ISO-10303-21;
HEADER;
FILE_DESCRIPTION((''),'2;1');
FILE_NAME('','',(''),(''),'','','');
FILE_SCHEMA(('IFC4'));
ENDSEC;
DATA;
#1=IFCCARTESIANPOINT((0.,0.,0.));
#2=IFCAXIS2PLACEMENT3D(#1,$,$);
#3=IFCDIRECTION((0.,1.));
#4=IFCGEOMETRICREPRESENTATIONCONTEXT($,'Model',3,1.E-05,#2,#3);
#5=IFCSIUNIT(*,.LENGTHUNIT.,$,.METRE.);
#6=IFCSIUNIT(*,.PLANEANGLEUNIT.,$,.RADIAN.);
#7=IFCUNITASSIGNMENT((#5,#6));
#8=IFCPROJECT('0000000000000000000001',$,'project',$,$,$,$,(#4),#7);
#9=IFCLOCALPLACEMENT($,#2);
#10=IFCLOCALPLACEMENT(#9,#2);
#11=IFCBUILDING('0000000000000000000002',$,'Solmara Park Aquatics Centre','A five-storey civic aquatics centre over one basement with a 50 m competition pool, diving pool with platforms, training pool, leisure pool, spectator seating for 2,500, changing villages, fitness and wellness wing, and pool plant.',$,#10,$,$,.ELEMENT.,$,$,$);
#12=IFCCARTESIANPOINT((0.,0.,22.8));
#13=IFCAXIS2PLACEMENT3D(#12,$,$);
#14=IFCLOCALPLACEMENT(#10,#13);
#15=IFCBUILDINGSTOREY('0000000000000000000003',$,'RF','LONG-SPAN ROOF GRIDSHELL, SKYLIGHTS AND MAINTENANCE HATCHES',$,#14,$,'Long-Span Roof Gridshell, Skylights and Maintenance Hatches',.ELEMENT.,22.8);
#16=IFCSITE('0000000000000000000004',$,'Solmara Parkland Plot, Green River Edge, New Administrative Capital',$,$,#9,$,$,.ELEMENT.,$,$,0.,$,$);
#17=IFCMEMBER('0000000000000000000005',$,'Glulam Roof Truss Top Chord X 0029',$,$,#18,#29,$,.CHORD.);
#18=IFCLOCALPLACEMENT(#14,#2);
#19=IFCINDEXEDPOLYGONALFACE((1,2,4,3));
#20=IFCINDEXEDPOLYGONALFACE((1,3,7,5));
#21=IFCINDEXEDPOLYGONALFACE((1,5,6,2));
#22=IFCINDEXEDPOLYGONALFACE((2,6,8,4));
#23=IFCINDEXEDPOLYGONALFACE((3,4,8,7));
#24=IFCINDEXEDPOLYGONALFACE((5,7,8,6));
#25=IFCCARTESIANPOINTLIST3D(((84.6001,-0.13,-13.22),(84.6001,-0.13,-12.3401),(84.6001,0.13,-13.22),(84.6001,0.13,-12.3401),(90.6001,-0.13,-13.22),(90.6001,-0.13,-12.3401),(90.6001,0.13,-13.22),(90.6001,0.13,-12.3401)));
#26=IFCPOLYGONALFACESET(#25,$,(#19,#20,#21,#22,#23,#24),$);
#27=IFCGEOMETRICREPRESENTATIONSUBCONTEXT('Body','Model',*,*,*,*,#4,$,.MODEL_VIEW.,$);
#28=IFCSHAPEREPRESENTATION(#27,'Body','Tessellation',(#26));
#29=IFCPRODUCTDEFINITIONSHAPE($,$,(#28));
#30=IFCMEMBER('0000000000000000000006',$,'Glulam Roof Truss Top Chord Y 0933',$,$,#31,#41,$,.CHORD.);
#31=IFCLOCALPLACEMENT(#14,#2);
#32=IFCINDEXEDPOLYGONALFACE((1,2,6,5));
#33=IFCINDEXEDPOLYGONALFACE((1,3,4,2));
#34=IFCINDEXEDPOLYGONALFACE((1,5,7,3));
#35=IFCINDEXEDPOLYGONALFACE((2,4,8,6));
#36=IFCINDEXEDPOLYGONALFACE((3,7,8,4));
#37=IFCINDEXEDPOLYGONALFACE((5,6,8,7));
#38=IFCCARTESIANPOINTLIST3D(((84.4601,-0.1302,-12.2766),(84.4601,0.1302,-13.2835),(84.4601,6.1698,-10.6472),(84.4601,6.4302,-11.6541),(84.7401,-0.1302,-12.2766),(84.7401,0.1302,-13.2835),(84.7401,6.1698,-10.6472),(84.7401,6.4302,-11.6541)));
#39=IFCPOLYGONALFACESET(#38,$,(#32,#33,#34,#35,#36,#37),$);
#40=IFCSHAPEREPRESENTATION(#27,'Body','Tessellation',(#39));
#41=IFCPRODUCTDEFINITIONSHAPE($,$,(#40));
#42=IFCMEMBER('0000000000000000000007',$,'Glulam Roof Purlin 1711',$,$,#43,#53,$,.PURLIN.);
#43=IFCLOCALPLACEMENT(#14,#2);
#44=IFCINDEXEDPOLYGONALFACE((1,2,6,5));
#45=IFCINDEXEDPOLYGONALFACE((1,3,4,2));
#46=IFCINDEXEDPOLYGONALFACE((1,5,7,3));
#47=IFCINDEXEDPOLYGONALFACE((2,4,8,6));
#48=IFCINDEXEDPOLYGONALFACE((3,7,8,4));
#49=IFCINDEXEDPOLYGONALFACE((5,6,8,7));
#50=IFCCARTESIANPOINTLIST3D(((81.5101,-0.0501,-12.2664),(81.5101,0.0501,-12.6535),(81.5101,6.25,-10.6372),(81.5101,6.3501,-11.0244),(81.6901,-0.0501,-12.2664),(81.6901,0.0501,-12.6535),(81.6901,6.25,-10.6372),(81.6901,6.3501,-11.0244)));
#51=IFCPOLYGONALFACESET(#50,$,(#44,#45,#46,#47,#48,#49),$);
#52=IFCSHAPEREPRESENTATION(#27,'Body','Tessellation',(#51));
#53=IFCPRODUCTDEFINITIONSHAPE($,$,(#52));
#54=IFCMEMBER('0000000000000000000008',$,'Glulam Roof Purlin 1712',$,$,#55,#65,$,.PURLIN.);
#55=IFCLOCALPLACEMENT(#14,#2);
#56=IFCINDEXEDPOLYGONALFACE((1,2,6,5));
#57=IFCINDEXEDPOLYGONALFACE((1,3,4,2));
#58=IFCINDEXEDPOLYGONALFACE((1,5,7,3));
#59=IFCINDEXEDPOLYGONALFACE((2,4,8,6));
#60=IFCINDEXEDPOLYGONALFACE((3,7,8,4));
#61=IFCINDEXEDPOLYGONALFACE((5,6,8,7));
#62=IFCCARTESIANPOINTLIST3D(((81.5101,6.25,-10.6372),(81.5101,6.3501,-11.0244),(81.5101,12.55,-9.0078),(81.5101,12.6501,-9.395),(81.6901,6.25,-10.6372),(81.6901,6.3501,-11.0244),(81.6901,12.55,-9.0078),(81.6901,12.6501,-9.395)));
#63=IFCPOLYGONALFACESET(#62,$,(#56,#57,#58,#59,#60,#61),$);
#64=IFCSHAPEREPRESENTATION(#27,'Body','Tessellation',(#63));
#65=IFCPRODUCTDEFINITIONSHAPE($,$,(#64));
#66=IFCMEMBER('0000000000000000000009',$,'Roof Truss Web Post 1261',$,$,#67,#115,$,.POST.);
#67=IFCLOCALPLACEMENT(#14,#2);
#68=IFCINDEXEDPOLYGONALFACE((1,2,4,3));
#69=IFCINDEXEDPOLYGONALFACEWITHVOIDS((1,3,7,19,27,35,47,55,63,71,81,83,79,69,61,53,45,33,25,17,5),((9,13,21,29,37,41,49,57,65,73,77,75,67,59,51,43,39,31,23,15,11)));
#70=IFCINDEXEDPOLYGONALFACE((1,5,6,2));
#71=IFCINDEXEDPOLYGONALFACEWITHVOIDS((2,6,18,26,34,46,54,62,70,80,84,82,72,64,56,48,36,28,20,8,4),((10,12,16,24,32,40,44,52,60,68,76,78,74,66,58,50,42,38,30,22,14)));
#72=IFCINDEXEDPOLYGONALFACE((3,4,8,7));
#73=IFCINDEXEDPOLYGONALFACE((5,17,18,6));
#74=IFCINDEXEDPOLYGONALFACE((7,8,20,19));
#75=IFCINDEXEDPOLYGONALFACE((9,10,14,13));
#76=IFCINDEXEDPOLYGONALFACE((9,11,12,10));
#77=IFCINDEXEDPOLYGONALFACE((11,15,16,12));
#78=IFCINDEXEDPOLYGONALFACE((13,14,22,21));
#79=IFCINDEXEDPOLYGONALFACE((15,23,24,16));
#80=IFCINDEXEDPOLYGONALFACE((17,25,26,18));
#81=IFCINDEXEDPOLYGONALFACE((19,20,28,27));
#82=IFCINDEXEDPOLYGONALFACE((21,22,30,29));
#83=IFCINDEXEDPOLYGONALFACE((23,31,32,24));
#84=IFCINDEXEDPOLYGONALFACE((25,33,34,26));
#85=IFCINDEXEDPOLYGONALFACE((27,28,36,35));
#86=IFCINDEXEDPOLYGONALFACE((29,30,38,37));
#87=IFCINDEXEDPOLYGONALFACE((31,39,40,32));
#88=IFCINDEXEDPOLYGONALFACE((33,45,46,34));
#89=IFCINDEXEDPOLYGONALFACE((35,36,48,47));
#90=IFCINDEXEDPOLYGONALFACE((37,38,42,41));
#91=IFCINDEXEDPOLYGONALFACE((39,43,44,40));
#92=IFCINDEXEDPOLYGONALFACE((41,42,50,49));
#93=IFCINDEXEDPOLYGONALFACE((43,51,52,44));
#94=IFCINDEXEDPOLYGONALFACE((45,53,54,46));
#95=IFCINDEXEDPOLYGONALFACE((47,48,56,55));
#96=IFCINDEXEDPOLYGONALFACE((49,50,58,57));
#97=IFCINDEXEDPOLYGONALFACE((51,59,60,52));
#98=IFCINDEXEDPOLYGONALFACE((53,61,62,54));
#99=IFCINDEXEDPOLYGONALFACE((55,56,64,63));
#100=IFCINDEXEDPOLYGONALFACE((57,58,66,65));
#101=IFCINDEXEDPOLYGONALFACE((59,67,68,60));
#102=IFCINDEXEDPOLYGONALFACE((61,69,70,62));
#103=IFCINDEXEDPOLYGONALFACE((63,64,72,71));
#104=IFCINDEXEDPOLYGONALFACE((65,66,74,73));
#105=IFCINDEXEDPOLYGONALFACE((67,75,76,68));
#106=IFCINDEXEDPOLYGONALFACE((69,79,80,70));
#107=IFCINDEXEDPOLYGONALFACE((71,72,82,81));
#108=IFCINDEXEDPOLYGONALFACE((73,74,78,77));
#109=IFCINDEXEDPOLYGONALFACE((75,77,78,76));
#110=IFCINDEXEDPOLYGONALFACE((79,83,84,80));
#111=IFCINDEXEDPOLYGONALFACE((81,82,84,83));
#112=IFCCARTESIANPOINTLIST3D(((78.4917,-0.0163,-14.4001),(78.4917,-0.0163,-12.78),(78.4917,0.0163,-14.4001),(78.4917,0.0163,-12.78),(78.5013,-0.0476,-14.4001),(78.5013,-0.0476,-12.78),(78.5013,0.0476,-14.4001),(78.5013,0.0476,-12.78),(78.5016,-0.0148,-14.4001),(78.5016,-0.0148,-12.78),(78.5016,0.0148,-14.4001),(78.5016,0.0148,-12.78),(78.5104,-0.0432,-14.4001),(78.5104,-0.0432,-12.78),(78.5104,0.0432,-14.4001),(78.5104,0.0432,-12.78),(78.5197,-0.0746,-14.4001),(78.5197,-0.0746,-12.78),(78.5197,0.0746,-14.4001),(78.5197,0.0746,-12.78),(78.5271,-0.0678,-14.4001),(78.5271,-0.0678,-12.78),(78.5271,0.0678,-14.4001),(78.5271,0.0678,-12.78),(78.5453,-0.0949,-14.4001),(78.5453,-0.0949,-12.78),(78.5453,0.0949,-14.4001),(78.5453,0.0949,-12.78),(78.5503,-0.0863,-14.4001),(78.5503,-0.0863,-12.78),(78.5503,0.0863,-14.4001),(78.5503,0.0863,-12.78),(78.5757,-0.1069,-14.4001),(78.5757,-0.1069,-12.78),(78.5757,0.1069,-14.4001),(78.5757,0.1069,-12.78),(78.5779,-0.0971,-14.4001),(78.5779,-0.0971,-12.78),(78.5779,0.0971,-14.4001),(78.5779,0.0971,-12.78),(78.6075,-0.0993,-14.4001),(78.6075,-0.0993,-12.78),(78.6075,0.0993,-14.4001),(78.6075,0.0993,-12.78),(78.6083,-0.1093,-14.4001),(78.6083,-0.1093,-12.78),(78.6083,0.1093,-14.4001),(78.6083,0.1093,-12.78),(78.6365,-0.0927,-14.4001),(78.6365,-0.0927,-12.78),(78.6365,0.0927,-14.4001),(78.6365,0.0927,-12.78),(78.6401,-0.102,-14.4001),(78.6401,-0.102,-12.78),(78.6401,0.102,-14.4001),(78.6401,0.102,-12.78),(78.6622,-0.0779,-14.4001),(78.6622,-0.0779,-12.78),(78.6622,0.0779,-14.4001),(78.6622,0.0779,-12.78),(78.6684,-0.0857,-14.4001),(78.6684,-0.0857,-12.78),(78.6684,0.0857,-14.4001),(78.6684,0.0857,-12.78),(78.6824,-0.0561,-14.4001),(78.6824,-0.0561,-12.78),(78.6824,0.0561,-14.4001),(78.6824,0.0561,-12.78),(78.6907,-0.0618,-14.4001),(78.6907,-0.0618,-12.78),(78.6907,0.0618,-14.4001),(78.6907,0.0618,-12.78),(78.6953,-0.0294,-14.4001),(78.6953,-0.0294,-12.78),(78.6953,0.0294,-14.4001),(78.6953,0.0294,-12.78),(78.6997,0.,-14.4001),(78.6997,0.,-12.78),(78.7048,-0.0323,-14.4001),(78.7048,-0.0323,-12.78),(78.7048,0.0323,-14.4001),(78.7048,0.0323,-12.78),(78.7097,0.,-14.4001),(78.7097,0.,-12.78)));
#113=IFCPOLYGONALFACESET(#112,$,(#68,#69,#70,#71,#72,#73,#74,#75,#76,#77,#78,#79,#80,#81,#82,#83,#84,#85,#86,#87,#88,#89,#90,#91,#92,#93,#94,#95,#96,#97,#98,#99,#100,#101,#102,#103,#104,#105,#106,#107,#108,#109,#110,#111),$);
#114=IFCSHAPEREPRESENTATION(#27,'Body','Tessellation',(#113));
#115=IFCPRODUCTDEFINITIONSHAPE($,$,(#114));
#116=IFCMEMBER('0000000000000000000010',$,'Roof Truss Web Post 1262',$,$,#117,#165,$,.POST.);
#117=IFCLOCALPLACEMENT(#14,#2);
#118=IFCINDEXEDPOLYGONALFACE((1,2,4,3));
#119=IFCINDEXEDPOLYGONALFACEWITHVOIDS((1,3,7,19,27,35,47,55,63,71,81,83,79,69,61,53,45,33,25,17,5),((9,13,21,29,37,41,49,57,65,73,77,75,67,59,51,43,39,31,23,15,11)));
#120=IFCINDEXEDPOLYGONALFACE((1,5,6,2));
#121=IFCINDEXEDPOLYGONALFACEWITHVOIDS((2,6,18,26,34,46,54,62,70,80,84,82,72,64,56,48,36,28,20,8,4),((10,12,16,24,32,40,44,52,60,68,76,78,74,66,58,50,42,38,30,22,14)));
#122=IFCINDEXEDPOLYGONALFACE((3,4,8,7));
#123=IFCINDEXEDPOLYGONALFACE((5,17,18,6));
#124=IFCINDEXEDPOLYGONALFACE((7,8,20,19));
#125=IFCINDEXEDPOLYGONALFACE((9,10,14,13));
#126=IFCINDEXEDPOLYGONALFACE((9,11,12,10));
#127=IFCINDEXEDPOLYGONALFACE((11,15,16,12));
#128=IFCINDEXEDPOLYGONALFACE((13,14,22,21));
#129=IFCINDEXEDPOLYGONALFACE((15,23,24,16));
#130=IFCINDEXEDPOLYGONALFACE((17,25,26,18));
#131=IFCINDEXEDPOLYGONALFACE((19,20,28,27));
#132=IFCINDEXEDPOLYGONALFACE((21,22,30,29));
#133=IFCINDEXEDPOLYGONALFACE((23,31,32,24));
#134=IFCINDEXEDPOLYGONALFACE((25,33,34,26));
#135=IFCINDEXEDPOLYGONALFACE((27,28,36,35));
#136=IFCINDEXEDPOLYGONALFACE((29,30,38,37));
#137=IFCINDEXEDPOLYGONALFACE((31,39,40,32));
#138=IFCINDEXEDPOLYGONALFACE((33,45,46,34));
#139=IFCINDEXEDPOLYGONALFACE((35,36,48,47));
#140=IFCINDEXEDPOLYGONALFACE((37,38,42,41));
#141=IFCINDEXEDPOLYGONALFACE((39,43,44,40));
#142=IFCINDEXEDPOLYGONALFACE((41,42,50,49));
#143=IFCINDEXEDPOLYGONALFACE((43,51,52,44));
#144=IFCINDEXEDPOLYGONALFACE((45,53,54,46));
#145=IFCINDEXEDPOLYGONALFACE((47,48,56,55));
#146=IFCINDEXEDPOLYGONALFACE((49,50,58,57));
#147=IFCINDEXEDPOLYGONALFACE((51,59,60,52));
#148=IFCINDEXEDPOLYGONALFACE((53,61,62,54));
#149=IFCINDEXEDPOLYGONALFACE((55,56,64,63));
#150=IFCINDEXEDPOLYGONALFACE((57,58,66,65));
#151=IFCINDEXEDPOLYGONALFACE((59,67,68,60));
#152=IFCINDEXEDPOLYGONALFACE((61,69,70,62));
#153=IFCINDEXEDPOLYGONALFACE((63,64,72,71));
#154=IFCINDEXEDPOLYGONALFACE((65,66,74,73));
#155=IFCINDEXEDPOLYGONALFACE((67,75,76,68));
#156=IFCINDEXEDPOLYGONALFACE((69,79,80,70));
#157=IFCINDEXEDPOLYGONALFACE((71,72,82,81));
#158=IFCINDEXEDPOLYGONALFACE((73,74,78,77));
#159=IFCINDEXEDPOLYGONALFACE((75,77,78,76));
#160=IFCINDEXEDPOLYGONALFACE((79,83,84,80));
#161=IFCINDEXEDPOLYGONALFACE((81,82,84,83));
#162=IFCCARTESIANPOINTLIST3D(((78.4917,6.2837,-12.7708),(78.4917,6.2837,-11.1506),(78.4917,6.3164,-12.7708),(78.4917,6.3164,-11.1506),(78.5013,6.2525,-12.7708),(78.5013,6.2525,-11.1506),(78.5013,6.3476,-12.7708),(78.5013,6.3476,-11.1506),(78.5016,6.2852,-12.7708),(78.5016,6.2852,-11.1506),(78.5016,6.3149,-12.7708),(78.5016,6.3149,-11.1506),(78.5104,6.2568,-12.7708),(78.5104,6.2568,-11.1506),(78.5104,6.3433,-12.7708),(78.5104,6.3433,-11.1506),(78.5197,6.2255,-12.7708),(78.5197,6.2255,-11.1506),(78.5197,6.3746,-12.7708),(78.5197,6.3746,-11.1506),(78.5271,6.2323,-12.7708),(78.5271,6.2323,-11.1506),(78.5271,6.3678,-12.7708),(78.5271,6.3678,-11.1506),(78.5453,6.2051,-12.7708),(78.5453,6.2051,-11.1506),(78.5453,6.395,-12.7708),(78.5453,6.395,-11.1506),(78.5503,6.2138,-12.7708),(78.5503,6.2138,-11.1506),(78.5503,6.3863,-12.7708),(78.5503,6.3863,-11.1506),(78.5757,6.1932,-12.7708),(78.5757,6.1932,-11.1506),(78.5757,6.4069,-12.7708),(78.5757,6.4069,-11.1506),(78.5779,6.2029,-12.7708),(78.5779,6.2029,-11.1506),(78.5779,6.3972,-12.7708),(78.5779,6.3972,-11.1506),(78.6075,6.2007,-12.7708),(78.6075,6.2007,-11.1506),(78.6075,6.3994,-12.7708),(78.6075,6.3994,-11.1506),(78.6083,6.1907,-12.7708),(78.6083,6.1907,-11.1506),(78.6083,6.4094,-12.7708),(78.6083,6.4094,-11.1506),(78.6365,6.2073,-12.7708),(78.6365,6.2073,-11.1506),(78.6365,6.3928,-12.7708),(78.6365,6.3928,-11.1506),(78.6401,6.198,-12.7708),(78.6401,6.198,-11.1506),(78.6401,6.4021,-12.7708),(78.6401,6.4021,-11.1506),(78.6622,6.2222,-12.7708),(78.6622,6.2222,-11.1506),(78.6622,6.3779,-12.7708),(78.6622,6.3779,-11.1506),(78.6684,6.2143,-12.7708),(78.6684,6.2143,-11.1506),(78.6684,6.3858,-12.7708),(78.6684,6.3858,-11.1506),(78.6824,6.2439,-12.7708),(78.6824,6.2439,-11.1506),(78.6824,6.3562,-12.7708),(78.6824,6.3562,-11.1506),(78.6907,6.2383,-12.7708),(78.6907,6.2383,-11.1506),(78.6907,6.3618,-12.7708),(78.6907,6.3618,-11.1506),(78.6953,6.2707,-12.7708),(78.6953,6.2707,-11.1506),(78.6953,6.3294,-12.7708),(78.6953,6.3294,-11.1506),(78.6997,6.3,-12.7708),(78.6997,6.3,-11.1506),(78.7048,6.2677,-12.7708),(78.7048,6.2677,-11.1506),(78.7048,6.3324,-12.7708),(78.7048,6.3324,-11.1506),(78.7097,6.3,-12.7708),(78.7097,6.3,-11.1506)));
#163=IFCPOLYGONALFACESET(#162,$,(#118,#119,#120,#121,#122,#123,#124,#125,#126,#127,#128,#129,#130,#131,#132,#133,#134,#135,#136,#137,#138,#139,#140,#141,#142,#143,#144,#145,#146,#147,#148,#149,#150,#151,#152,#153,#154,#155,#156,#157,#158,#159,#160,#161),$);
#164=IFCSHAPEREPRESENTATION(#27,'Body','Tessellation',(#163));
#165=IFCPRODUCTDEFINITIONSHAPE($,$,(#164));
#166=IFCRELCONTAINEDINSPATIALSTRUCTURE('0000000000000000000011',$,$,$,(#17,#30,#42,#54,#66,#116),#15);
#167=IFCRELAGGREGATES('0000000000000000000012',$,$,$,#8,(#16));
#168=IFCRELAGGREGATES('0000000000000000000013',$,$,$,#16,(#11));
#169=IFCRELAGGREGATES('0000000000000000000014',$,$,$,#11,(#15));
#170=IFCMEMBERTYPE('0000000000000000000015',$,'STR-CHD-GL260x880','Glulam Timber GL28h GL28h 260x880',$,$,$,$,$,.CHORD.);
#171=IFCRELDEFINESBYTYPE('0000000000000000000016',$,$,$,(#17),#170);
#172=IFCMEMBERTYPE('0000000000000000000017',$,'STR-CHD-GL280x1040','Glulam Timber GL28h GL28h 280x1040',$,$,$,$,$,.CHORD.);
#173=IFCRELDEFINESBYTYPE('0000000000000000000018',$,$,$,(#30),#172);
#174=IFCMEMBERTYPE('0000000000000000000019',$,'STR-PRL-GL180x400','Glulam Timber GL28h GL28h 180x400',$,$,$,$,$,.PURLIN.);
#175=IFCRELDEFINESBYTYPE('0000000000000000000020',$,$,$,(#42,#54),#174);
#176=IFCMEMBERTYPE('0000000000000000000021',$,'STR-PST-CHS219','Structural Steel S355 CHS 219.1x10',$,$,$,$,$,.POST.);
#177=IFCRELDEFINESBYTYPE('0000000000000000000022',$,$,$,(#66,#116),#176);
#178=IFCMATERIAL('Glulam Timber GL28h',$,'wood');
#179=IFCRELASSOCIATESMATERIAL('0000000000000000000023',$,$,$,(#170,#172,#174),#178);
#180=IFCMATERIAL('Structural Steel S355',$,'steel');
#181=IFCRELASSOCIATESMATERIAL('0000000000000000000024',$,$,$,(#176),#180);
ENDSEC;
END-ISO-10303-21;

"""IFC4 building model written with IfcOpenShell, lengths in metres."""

from ifc_helpers import new_model, si_unit, direction, frame, origin, origin_2d, place, context, subcontext, project, spatial, rectangle, hollow_circle, extrude, material, material_profile, profile_set, type_object, element, save


model = new_model("IFC4")

# Units and contexts
model_context = context("Model", 3, precision=1e-05, world=origin(), true_north=direction((0.0, 1.0)))
body_context = subcontext(model_context, "Body", "Model", "MODEL_VIEW")
ifc_project = project(units=[si_unit("LENGTHUNIT", "METRE"), si_unit("PLANEANGLEUNIT", "RADIAN")], contexts=[model_context])

# Site, building, storey
site_placement = place(None, origin())
site = spatial("IfcSite", under=ifc_project, at=site_placement, Name="Solmara Parkland Plot, Green River Edge, New Administrative Capital", CompositionType="ELEMENT", RefElevation=0.0)
building_placement = place(site_placement, origin())
building = spatial("IfcBuilding", under=site, at=building_placement, Name="Solmara Park Aquatics Centre", Description="A five-storey civic aquatics centre over one basement with a 50 m competition pool, diving pool with platforms, training pool, leisure pool, spectator seating for 2,500, changing villages, fitness and wellness wing, and pool plant.", CompositionType="ELEMENT")
storey_placement = place(building_placement, frame((0.0, 0.0, 22.8)))
storey = spatial("IfcBuildingStorey", under=building, at=storey_placement, Name="RF", Description="LONG-SPAN ROOF GRIDSHELL, SKYLIGHTS AND MAINTENANCE HATCHES", LongName="Long-Span Roof Gridshell, Skylights and Maintenance Hatches", CompositionType="ELEMENT", Elevation=22.8)

# Members
ifc_material_1 = material(Name="Structural Steel S355", Category="steel")
ifc_material_2 = material(Name="Glulam Timber GL28h", Category="wood")
ifc_material_profile_1 = material_profile(ifc_material_2, rectangle(XDim=0.26, YDim=0.8799, at=origin_2d()), Name="GL28h 260x880")
ifc_profile_set_1 = profile_set([ifc_material_profile_1], Name="Glulam Timber GL28h")
member_type_1 = type_object("IfcMemberType", Name="STR-CHD-GL260x880", Description="Glulam Timber GL28h GL28h 260x880", PredefinedType="CHORD", material=ifc_profile_set_1)
member_1_placement = place(storey_placement, frame((84.6001, 0.0, -12.78), z_axis=(1.0, 0.0, 0.0), x_axis=(0.0, 1.0, 0.0)))
element("IfcMember", 1, at=member_1_placement, inside=storey, type_object=member_type_1, Name="Glulam Roof Truss Top Chord X 0029", PredefinedType="CHORD", context=body_context, shape_type="SweptSolid", body=[
    extrude(rectangle(XDim=0.26, YDim=0.8799, at=origin_2d()), origin(), (0.0, 0.0, 1.0), 6.0),
])
ifc_material_profile_2 = material_profile(ifc_material_2, rectangle(XDim=0.28, YDim=1.04, at=origin_2d()), Name="GL28h 280x1040")
ifc_profile_set_2 = profile_set([ifc_material_profile_2], Name="Glulam Timber GL28h")
member_type_2 = type_object("IfcMemberType", Name="STR-CHD-GL280x1040", Description="Glulam Timber GL28h GL28h 280x1040", PredefinedType="CHORD", material=ifc_profile_set_2)
member_2_placement = place(storey_placement, frame((84.6001, 0.0, -12.78), z_axis=(0.0, 0.968144, 0.250393), x_axis=(-1.0, 0.0, 0.0)))
element("IfcMember", 2, at=member_2_placement, inside=storey, type_object=member_type_2, Name="Glulam Roof Truss Top Chord Y 0933", PredefinedType="CHORD", context=body_context, shape_type="SweptSolid", body=[
    extrude(rectangle(XDim=0.28, YDim=1.04, at=origin_2d()), origin(), (0.0, 0.0, 1.0), 6.5073),
])
ifc_material_profile_3 = material_profile(ifc_material_2, rectangle(XDim=0.1799, YDim=0.3999, at=origin_2d()), Name="GL28h 180x400")
ifc_profile_set_3 = profile_set([ifc_material_profile_3], Name="Glulam Timber GL28h")
member_type_3 = type_object("IfcMemberType", Name="STR-PRL-GL180x400", Description="Glulam Timber GL28h GL28h 180x400", PredefinedType="PURLIN", material=ifc_profile_set_3)
for number, where, z_axis, x_axis, name in (
    (3, (81.6001, 0.0, -12.46), (0.0, 0.968153, 0.250358), (-1.0, 0.0, 0.0), "Glulam Roof Purlin 1711"),
    (4, (81.6001, 6.3, -10.8308), (0.0, 0.968144, 0.250393), (-1.0, 0.0, 0.0), "Glulam Roof Purlin 1712"),
):
    element("IfcMember", number, at=place(storey_placement, frame(where, z_axis=z_axis, x_axis=x_axis)), inside=storey, type_object=member_type_3, Name=name, PredefinedType="PURLIN", context=body_context, shape_type="SweptSolid", body=[
        extrude(rectangle(XDim=0.1799, YDim=0.3999, at=origin_2d()), origin(), (0.0, 0.0, 1.0), 6.5073),
    ])
ifc_material_profile_4 = material_profile(ifc_material_1, hollow_circle(Radius=0.1096, WallThickness=0.01, at=origin_2d()), Name="CHS 219.1x10")
ifc_profile_set_4 = profile_set([ifc_material_profile_4], Name="Structural Steel S355")
member_type_4 = type_object("IfcMemberType", Name="STR-PST-CHS219", Description="Structural Steel S355 CHS 219.1x10", PredefinedType="POST", material=ifc_profile_set_4)
for number, where, z_axis, x_axis, name in (
    (5, (78.6001, 0.0, -14.4001), (0.0, 0.0, 1.0), (1.0, 0.0, 0.0), "Roof Truss Web Post 1261"),
    (6, (78.6001, 6.3, -12.7708), (0.0, 0.0, 1.0), (1.0, 0.0, 0.0), "Roof Truss Web Post 1262"),
):
    element("IfcMember", number, at=place(storey_placement, frame(where, z_axis=z_axis, x_axis=x_axis)), inside=storey, type_object=member_type_4, Name=name, PredefinedType="POST", context=body_context, shape_type="SweptSolid", body=[
        extrude(hollow_circle(Radius=0.1096, WallThickness=0.01, at=origin_2d()), origin(), (0.0, 0.0, 1.0), 1.6201),
    ])

save(model, "model.ifc")
